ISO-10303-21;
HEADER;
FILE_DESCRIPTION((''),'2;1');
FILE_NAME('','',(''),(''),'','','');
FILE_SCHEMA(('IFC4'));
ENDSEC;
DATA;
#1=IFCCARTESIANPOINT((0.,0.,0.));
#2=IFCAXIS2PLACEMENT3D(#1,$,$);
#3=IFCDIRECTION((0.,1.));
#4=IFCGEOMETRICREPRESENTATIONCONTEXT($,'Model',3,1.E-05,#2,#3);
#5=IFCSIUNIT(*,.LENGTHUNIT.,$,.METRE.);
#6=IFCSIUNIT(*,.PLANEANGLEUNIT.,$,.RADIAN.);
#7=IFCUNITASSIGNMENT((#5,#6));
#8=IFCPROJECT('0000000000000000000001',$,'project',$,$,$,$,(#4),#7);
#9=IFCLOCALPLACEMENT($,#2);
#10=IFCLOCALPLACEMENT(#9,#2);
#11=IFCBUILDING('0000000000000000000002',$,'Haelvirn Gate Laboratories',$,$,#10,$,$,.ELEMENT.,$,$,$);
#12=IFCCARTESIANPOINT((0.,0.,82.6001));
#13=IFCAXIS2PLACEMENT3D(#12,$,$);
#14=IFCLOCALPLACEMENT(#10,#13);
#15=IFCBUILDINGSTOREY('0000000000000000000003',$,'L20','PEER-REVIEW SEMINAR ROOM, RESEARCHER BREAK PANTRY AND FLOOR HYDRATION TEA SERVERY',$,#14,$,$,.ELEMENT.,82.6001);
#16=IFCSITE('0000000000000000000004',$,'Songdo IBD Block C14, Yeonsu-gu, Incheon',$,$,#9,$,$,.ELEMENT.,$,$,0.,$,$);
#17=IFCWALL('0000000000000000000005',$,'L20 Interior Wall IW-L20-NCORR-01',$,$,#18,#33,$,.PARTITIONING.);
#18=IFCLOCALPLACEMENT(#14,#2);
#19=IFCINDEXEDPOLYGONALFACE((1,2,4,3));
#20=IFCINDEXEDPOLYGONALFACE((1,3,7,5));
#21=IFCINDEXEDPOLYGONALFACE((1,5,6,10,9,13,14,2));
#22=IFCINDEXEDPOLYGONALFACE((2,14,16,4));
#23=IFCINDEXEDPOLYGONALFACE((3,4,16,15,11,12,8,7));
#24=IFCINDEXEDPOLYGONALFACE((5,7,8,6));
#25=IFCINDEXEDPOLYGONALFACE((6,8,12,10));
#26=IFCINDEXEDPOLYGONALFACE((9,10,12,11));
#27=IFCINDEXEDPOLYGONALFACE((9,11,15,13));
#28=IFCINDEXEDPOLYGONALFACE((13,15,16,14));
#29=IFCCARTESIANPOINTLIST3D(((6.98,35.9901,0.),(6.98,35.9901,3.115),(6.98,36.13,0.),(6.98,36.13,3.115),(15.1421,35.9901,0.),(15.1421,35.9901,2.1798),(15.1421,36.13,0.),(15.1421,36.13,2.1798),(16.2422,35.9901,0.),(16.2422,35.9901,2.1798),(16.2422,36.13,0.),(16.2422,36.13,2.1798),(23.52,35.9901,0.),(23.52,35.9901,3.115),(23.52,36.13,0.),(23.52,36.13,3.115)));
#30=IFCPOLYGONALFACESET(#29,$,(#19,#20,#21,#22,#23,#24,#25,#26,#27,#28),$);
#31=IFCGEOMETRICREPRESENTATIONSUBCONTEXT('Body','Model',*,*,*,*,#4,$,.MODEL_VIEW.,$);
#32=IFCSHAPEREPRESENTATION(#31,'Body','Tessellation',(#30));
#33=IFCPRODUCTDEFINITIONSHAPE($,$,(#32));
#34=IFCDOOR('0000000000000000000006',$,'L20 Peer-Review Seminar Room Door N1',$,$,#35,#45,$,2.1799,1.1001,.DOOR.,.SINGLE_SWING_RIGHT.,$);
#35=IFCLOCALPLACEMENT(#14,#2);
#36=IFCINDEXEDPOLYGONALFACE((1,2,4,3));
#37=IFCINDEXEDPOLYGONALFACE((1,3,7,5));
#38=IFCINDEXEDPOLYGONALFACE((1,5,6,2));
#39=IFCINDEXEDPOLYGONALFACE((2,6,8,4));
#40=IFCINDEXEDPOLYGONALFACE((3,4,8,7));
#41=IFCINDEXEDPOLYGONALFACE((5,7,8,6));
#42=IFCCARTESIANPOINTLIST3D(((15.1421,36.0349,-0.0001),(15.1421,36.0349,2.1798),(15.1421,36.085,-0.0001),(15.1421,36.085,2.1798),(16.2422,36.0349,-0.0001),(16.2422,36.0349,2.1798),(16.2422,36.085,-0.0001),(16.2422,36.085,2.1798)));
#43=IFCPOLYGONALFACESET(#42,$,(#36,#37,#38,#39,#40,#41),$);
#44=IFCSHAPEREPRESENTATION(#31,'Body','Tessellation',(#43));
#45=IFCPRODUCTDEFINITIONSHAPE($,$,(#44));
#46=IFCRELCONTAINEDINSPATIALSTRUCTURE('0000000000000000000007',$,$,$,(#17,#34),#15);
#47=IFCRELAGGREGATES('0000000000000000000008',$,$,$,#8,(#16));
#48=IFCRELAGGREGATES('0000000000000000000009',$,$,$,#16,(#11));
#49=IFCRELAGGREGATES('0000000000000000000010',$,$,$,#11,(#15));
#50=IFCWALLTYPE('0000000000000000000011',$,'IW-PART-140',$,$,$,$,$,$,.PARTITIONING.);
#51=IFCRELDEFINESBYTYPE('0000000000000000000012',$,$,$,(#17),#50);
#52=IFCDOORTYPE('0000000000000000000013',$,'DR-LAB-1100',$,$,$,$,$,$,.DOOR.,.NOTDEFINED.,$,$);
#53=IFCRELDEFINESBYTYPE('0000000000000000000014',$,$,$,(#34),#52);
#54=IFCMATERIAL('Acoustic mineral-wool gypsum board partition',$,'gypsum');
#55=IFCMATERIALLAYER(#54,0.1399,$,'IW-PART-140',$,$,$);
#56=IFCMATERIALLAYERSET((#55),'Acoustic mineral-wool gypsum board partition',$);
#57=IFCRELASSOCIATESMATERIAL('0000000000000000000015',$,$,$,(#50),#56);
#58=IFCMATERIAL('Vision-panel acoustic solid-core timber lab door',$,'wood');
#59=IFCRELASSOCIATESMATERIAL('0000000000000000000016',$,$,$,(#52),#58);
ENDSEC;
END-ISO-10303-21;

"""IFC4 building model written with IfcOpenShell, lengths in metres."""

from ifc_helpers import new_model, si_unit, direction, frame, frame_2d, origin, place, context, subcontext, project, spatial, rectangle, extrude, source, transform, mapped, material, layer, layer_set, type_object, type_shapes, element, fill, save


model = new_model("IFC4")

# Units and contexts
model_context = context("Model", 3, precision=1e-05, world=origin(), true_north=direction((0.0, 1.0)))
body_context = subcontext(model_context, "Body", "Model", "MODEL_VIEW")
ifc_project = project(units=[si_unit("LENGTHUNIT", "METRE"), si_unit("PLANEANGLEUNIT", "RADIAN")], contexts=[model_context])

# Site, building, storey
site_placement = place(None, origin())
site = spatial("IfcSite", under=ifc_project, at=site_placement, Name="Songdo IBD Block C14, Yeonsu-gu, Incheon", CompositionType="ELEMENT", RefElevation=0.0)
building_placement = place(site_placement, origin())
building = spatial("IfcBuilding", under=site, at=building_placement, Name="Haelvirn Gate Laboratories", CompositionType="ELEMENT")
storey_placement = place(building_placement, frame((0.0, 0.0, 82.6001)))
storey = spatial("IfcBuildingStorey", under=building, at=storey_placement, Name="L20", Description="PEER-REVIEW SEMINAR ROOM, RESEARCHER BREAK PANTRY AND FLOOR HYDRATION TEA SERVERY", CompositionType="ELEMENT", Elevation=82.6001)

# Wall, opening, door
ifc_material_1 = material(Name="Acoustic mineral-wool gypsum board partition", Category="gypsum")
ifc_layer_1 = layer(ifc_material_1, 0.1399, Name="IW-PART-140")
ifc_layer_set_1 = layer_set([ifc_layer_1], Name="Acoustic mineral-wool gypsum board partition")
wall_type_1 = type_object("IfcWallType", Name="IW-PART-140", PredefinedType="PARTITIONING", material=ifc_layer_set_1)
wall_1_placement = place(storey_placement, frame((6.98, 36.0601, 0.0), z_axis=(0.0, 0.0, 1.0), x_axis=(1.0, 0.0, 0.0)))
wall_1 = element("IfcWall", 1, at=wall_1_placement, inside=storey, type_object=wall_type_1, Name="L20 Interior Wall IW-L20-NCORR-01", PredefinedType="PARTITIONING", context=body_context, shape_type="SweptSolid", body=[
    extrude(rectangle(XDim=16.54, YDim=0.1399, at=frame_2d((8.27, 0.0))), origin(), (0.0, 0.0, 1.0), 3.115),
])
opening_1_placement = place(wall_1_placement, frame((8.1621, 0.0, 0.0)))
opening_1 = element("IfcOpeningElement", 2, at=opening_1_placement, cuts=wall_1, PredefinedType="OPENING", context=body_context, shape_type="SweptSolid", body=[
    extrude(rectangle(XDim=1.1001, YDim=2.1799, at=frame_2d((0.55, 1.0898))), frame((0.0, 0.0801, 0.0), z_axis=(0.0, -1.0, 0.0), x_axis=(1.0, 0.0, 0.0)), (0.0, 0.0, 1.0), 0.1599),
])
ifc_material_2 = material(Name="Vision-panel acoustic solid-core timber lab door", Category="wood")
door_type_1 = type_object("IfcDoorType", Name="DR-LAB-1100", OperationType="NOTDEFINED", PredefinedType="DOOR", material=ifc_material_2)
shared_shape_1 = source(origin(), body_context, "Body", "SweptSolid", [
    extrude(rectangle(XDim=1.1001, YDim=2.1799, at=frame_2d((0.55, 1.0898))), frame((0.0, 0.0249, 0.0), z_axis=(0.0, -1.0, 0.0), x_axis=(1.0, 0.0, 0.0)), (0.0, 0.0, 1.0), 0.05),
])
type_shapes(door_type_1, [shared_shape_1])
door_1_placement = place(opening_1_placement, origin())
door_1 = element("IfcDoor", 3, at=door_1_placement, inside=storey, type_object=door_type_1, Name="L20 Peer-Review Seminar Room Door N1", OperationType="SINGLE_SWING_RIGHT", OverallHeight=2.1799, OverallWidth=1.1001, PredefinedType="DOOR", context=body_context, shape_type="MappedRepresentation", body=[
    mapped(shared_shape_1, transform((0.0, 0.0, 0.0), scale=1.0)),
])
fill(opening_1, door_1)

save(model, "model.ifc")
